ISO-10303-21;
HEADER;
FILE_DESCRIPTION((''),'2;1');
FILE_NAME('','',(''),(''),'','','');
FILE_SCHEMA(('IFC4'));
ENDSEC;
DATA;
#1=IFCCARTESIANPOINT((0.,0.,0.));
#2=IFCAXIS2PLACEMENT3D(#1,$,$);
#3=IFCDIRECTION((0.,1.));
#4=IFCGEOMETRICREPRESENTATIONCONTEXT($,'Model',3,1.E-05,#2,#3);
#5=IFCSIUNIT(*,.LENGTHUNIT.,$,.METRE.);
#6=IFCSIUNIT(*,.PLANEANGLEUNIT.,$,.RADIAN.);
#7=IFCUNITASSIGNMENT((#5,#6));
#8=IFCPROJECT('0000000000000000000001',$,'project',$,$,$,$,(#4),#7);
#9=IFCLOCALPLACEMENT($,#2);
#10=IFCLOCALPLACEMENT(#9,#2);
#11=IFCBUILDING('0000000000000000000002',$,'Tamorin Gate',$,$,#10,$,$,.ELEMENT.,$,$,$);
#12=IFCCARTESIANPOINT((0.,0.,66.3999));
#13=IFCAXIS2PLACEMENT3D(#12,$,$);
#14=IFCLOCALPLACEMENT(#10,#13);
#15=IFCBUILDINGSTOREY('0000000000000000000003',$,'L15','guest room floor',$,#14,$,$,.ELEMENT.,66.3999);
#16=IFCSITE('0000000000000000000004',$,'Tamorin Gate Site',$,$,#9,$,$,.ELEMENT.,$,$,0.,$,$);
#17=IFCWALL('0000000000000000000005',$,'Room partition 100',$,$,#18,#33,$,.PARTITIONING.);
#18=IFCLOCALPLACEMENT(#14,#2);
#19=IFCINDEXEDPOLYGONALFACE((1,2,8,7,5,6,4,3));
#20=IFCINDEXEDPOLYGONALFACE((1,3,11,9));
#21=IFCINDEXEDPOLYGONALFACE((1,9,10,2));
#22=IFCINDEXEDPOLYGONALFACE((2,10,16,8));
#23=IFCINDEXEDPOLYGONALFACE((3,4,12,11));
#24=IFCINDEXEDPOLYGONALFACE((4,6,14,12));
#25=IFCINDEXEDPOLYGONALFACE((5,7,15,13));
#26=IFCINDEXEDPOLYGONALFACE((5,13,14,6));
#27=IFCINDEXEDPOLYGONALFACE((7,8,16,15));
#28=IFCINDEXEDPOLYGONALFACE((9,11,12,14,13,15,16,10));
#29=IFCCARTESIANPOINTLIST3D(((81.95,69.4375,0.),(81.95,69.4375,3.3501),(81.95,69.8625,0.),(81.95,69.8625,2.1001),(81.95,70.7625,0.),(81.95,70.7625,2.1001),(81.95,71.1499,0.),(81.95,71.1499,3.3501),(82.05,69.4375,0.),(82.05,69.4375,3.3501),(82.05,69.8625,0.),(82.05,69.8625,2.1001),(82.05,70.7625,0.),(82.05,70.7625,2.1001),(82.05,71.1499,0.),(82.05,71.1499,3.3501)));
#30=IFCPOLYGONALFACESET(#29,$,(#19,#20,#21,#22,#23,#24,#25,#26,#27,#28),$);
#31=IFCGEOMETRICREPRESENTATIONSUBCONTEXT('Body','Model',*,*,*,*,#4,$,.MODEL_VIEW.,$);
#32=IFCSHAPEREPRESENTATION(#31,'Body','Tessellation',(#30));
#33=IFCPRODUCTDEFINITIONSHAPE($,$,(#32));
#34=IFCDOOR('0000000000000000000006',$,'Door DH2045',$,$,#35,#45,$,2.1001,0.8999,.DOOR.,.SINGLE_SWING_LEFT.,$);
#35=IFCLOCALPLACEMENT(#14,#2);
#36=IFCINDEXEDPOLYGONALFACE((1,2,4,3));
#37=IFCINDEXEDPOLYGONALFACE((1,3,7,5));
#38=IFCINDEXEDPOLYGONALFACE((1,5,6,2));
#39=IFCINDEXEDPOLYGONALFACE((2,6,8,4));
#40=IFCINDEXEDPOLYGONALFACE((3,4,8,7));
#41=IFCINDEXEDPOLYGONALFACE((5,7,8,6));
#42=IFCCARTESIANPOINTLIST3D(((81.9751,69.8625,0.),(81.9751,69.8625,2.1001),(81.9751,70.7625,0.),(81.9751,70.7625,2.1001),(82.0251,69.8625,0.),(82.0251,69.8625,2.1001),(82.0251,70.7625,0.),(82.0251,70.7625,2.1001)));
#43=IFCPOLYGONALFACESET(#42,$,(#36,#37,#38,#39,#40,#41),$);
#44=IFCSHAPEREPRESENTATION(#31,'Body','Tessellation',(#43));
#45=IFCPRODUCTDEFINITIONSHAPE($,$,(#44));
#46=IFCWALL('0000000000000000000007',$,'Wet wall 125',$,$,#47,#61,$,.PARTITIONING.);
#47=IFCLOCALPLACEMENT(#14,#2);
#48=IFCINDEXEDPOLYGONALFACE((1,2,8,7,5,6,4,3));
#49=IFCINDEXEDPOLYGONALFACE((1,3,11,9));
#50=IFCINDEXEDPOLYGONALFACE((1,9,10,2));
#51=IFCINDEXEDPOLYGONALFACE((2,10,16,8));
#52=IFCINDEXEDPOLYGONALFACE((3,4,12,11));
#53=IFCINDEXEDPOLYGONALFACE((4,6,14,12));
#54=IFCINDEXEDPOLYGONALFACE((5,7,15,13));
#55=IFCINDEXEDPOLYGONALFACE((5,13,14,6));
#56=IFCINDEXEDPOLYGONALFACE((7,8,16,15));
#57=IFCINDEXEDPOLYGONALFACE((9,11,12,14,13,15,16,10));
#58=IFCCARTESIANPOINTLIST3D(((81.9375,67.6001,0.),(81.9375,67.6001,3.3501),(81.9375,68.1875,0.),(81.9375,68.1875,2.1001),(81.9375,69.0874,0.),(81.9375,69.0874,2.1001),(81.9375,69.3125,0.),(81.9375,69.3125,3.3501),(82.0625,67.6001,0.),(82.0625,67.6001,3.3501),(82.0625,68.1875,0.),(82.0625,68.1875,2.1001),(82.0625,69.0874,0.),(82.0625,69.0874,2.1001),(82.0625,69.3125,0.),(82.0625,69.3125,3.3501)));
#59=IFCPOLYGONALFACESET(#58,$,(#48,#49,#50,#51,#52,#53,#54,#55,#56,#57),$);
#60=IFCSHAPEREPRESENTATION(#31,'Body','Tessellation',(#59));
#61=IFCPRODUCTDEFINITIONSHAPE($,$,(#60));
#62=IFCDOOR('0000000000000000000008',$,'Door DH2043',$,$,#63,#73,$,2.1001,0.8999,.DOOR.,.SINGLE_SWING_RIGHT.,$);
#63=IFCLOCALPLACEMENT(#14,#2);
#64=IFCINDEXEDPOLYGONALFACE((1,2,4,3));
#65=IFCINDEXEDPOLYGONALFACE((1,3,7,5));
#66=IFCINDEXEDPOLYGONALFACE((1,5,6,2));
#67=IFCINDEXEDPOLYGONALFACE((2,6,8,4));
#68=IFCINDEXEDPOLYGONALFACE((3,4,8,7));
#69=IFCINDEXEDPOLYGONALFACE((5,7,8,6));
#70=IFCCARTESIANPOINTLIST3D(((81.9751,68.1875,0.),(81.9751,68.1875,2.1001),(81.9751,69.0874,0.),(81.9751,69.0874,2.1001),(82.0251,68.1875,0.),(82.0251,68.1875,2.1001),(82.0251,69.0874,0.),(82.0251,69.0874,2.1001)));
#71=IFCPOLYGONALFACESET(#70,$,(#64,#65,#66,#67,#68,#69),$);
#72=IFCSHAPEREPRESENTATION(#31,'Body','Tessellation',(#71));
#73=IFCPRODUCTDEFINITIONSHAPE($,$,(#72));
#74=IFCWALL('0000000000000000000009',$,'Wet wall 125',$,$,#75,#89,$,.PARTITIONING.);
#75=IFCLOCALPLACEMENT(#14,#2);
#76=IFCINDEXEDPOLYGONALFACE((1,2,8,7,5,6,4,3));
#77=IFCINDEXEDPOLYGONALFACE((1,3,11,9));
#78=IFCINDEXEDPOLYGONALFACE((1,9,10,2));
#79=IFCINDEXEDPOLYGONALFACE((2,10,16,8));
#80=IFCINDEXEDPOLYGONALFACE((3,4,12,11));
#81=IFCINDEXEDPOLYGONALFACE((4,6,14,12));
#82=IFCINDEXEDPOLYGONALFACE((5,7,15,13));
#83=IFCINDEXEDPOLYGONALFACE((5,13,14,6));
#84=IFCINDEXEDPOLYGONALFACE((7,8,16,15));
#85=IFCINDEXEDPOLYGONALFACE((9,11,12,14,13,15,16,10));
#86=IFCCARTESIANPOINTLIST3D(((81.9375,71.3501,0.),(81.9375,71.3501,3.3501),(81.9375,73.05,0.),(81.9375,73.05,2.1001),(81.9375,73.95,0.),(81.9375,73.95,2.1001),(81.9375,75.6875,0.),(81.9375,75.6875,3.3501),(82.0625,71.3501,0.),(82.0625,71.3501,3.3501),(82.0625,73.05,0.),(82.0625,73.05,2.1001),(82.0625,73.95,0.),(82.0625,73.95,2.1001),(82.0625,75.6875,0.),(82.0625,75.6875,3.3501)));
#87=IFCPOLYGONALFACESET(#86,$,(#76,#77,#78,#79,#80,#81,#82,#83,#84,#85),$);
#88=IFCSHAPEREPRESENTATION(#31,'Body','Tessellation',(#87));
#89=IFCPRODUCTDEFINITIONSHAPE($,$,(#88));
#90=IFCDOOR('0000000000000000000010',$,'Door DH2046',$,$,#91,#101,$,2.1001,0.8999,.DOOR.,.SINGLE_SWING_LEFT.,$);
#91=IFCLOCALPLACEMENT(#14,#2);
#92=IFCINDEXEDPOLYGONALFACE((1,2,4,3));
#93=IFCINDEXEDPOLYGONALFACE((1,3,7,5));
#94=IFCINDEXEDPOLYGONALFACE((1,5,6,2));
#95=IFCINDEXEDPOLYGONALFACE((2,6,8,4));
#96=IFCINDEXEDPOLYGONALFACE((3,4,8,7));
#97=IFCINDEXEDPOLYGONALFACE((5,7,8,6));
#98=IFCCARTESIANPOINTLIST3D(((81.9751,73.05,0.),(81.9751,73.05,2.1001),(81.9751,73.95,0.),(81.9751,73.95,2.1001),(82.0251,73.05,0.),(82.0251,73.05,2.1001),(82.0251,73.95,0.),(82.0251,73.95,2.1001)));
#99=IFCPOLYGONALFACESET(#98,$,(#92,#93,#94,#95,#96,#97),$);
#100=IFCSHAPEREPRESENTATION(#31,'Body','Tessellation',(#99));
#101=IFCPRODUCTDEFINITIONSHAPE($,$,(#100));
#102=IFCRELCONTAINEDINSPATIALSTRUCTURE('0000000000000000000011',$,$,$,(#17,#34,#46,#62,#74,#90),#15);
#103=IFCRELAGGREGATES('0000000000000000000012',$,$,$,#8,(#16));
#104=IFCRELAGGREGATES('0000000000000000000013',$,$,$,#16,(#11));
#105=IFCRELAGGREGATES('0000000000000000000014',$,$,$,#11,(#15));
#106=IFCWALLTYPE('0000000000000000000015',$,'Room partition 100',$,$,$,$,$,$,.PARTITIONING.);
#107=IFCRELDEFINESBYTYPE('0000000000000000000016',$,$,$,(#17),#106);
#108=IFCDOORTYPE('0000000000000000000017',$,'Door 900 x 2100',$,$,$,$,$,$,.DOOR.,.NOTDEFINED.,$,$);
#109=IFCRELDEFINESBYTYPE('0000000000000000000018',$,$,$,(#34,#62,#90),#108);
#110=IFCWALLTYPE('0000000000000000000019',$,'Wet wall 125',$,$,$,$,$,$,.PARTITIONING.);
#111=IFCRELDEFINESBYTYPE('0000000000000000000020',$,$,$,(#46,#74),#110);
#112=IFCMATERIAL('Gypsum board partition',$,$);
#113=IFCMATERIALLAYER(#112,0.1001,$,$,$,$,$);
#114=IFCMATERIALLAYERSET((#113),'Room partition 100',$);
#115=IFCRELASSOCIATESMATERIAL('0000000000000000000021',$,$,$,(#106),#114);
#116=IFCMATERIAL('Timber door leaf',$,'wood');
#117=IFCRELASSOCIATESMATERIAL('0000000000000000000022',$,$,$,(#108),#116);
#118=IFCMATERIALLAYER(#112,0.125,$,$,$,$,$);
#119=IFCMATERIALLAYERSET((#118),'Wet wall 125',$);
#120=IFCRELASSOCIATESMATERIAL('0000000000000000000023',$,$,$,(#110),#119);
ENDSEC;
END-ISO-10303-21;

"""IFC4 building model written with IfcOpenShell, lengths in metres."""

from ifc_helpers import new_model, si_unit, direction, frame, frame_2d, origin, place, context, subcontext, project, spatial, rectangle, extrude, material, layer, layer_set, type_object, element, fill, save


model = new_model("IFC4")

# Units and contexts
model_context = context("Model", 3, precision=1e-05, world=origin(), true_north=direction((0.0, 1.0)))
body_context = subcontext(model_context, "Body", "Model", "MODEL_VIEW")
ifc_project = project(units=[si_unit("LENGTHUNIT", "METRE"), si_unit("PLANEANGLEUNIT", "RADIAN")], contexts=[model_context])

# Site, building, storey
site_placement = place(None, origin())
site = spatial("IfcSite", under=ifc_project, at=site_placement, Name="Tamorin Gate Site", CompositionType="ELEMENT", RefElevation=0.0)
building_placement = place(site_placement, origin())
building = spatial("IfcBuilding", under=site, at=building_placement, Name="Tamorin Gate", CompositionType="ELEMENT")
storey_placement = place(building_placement, frame((0.0, 0.0, 66.3999)))
storey = spatial("IfcBuildingStorey", under=building, at=storey_placement, Name="L15", Description="guest room floor", CompositionType="ELEMENT", Elevation=66.3999)

# Walls, openings, doors
ifc_material_1 = material(Name="Gypsum board partition")
ifc_layer_1 = layer(ifc_material_1, 0.1001)
ifc_layer_set_1 = layer_set([ifc_layer_1], Name="Room partition 100")
wall_type_1 = type_object("IfcWallType", Name="Room partition 100", PredefinedType="PARTITIONING", material=ifc_layer_set_1)
ifc_material_2 = material(Name="Timber door leaf", Category="wood")
door_type = type_object("IfcDoorType", Name="Door 900 x 2100", OperationType="NOTDEFINED", PredefinedType="DOOR", material=ifc_material_2)
wall_1_placement = place(storey_placement, frame((82.0, 69.4375, 0.0), z_axis=(0.0, 0.0, 1.0), x_axis=(0.0, 1.0, 0.0)))
wall_1 = element("IfcWall", 1, at=wall_1_placement, inside=storey, type_object=wall_type_1, Name="Room partition 100", PredefinedType="PARTITIONING", context=body_context, shape_type="SweptSolid", body=[
    extrude(rectangle(XDim=1.7124, YDim=0.1001, at=frame_2d((0.8562, 0.0))), origin(), (0.0, 0.0, 1.0), 3.3501),
])
opening_1_placement = place(wall_1_placement, frame((0.425, 0.0, 0.0)))
opening_1 = element("IfcOpeningElement", 2, at=opening_1_placement, cuts=wall_1, PredefinedType="OPENING", context=body_context, shape_type="SweptSolid", body=[
    extrude(rectangle(XDim=0.8999, YDim=2.1001, at=frame_2d((0.45, 1.05))), frame((0.0, 0.0601, 0.0), z_axis=(0.0, -1.0, 0.0), x_axis=(1.0, 0.0, 0.0)), (0.0, 0.0, 1.0), 0.1201),
])
door_1_placement = place(opening_1_placement, origin())
door_1 = element("IfcDoor", 3, at=door_1_placement, inside=storey, type_object=door_type, Name="Door DH2045", OperationType="SINGLE_SWING_LEFT", OverallHeight=2.1001, OverallWidth=0.8999, PredefinedType="DOOR", context=body_context, shape_type="SweptSolid", body=[
    extrude(rectangle(XDim=0.8999, YDim=2.1001, at=frame_2d((0.45, 1.05))), frame((0.0, 0.0249, 0.0), z_axis=(0.0, -1.0, 0.0), x_axis=(1.0, 0.0, 0.0)), (0.0, 0.0, 1.0), 0.05),
])
fill(opening_1, door_1)
ifc_layer_2 = layer(ifc_material_1, 0.125)
ifc_layer_set_2 = layer_set([ifc_layer_2], Name="Wet wall 125")
wall_type_2 = type_object("IfcWallType", Name="Wet wall 125", PredefinedType="PARTITIONING", material=ifc_layer_set_2)
wall_2_placement = place(storey_placement, frame((82.0, 67.6001, 0.0), z_axis=(0.0, 0.0, 1.0), x_axis=(0.0, 1.0, 0.0)))
wall_2 = element("IfcWall", 4, at=wall_2_placement, inside=storey, type_object=wall_type_2, Name="Wet wall 125", PredefinedType="PARTITIONING", context=body_context, shape_type="SweptSolid", body=[
    extrude(rectangle(XDim=1.7124, YDim=0.125, at=frame_2d((0.8562, 0.0))), origin(), (0.0, 0.0, 1.0), 3.3501),
])
opening_2_placement = place(wall_2_placement, frame((0.5874, 0.0, 0.0)))
opening_2 = element("IfcOpeningElement", 5, at=opening_2_placement, cuts=wall_2, PredefinedType="OPENING", context=body_context, shape_type="SweptSolid", body=[
    extrude(rectangle(XDim=0.8999, YDim=2.1001, at=frame_2d((0.45, 1.05))), frame((0.0, 0.0725, 0.0), z_axis=(0.0, -1.0, 0.0), x_axis=(1.0, 0.0, 0.0)), (0.0, 0.0, 1.0), 0.145),
])
door_2_placement = place(opening_2_placement, origin())
door_2 = element("IfcDoor", 6, at=door_2_placement, inside=storey, type_object=door_type, Name="Door DH2043", OperationType="SINGLE_SWING_RIGHT", OverallHeight=2.1001, OverallWidth=0.8999, PredefinedType="DOOR", context=body_context, shape_type="SweptSolid", body=[
    extrude(rectangle(XDim=0.8999, YDim=2.1001, at=frame_2d((0.45, 1.05))), frame((0.0, 0.0249, 0.0), z_axis=(0.0, -1.0, 0.0), x_axis=(1.0, 0.0, 0.0)), (0.0, 0.0, 1.0), 0.05),
])
fill(opening_2, door_2)
wall_3_placement = place(storey_placement, frame((82.0, 71.3501, 0.0), z_axis=(0.0, 0.0, 1.0), x_axis=(0.0, 1.0, 0.0)))
wall_3 = element("IfcWall", 7, at=wall_3_placement, inside=storey, type_object=wall_type_2, Name="Wet wall 125", PredefinedType="PARTITIONING", context=body_context, shape_type="SweptSolid", body=[
    extrude(rectangle(XDim=4.3374, YDim=0.125, at=frame_2d((2.1687, 0.0))), origin(), (0.0, 0.0, 1.0), 3.3501),
])
opening_3_placement = place(wall_3_placement, frame((1.7, 0.0, 0.0)))
opening_3 = element("IfcOpeningElement", 8, at=opening_3_placement, cuts=wall_3, PredefinedType="OPENING", context=body_context, shape_type="SweptSolid", body=[
    extrude(rectangle(XDim=0.8999, YDim=2.1001, at=frame_2d((0.45, 1.05))), frame((0.0, 0.0725, 0.0), z_axis=(0.0, -1.0, 0.0), x_axis=(1.0, 0.0, 0.0)), (0.0, 0.0, 1.0), 0.145),
])
door_3_placement = place(opening_3_placement, origin())
door_3 = element("IfcDoor", 9, at=door_3_placement, inside=storey, type_object=door_type, Name="Door DH2046", OperationType="SINGLE_SWING_LEFT", OverallHeight=2.1001, OverallWidth=0.8999, PredefinedType="DOOR", context=body_context, shape_type="SweptSolid", body=[
    extrude(rectangle(XDim=0.8999, YDim=2.1001, at=frame_2d((0.45, 1.05))), frame((0.0, 0.0249, 0.0), z_axis=(0.0, -1.0, 0.0), x_axis=(1.0, 0.0, 0.0)), (0.0, 0.0, 1.0), 0.05),
])
fill(opening_3, door_3)

save(model, "model.ifc")
